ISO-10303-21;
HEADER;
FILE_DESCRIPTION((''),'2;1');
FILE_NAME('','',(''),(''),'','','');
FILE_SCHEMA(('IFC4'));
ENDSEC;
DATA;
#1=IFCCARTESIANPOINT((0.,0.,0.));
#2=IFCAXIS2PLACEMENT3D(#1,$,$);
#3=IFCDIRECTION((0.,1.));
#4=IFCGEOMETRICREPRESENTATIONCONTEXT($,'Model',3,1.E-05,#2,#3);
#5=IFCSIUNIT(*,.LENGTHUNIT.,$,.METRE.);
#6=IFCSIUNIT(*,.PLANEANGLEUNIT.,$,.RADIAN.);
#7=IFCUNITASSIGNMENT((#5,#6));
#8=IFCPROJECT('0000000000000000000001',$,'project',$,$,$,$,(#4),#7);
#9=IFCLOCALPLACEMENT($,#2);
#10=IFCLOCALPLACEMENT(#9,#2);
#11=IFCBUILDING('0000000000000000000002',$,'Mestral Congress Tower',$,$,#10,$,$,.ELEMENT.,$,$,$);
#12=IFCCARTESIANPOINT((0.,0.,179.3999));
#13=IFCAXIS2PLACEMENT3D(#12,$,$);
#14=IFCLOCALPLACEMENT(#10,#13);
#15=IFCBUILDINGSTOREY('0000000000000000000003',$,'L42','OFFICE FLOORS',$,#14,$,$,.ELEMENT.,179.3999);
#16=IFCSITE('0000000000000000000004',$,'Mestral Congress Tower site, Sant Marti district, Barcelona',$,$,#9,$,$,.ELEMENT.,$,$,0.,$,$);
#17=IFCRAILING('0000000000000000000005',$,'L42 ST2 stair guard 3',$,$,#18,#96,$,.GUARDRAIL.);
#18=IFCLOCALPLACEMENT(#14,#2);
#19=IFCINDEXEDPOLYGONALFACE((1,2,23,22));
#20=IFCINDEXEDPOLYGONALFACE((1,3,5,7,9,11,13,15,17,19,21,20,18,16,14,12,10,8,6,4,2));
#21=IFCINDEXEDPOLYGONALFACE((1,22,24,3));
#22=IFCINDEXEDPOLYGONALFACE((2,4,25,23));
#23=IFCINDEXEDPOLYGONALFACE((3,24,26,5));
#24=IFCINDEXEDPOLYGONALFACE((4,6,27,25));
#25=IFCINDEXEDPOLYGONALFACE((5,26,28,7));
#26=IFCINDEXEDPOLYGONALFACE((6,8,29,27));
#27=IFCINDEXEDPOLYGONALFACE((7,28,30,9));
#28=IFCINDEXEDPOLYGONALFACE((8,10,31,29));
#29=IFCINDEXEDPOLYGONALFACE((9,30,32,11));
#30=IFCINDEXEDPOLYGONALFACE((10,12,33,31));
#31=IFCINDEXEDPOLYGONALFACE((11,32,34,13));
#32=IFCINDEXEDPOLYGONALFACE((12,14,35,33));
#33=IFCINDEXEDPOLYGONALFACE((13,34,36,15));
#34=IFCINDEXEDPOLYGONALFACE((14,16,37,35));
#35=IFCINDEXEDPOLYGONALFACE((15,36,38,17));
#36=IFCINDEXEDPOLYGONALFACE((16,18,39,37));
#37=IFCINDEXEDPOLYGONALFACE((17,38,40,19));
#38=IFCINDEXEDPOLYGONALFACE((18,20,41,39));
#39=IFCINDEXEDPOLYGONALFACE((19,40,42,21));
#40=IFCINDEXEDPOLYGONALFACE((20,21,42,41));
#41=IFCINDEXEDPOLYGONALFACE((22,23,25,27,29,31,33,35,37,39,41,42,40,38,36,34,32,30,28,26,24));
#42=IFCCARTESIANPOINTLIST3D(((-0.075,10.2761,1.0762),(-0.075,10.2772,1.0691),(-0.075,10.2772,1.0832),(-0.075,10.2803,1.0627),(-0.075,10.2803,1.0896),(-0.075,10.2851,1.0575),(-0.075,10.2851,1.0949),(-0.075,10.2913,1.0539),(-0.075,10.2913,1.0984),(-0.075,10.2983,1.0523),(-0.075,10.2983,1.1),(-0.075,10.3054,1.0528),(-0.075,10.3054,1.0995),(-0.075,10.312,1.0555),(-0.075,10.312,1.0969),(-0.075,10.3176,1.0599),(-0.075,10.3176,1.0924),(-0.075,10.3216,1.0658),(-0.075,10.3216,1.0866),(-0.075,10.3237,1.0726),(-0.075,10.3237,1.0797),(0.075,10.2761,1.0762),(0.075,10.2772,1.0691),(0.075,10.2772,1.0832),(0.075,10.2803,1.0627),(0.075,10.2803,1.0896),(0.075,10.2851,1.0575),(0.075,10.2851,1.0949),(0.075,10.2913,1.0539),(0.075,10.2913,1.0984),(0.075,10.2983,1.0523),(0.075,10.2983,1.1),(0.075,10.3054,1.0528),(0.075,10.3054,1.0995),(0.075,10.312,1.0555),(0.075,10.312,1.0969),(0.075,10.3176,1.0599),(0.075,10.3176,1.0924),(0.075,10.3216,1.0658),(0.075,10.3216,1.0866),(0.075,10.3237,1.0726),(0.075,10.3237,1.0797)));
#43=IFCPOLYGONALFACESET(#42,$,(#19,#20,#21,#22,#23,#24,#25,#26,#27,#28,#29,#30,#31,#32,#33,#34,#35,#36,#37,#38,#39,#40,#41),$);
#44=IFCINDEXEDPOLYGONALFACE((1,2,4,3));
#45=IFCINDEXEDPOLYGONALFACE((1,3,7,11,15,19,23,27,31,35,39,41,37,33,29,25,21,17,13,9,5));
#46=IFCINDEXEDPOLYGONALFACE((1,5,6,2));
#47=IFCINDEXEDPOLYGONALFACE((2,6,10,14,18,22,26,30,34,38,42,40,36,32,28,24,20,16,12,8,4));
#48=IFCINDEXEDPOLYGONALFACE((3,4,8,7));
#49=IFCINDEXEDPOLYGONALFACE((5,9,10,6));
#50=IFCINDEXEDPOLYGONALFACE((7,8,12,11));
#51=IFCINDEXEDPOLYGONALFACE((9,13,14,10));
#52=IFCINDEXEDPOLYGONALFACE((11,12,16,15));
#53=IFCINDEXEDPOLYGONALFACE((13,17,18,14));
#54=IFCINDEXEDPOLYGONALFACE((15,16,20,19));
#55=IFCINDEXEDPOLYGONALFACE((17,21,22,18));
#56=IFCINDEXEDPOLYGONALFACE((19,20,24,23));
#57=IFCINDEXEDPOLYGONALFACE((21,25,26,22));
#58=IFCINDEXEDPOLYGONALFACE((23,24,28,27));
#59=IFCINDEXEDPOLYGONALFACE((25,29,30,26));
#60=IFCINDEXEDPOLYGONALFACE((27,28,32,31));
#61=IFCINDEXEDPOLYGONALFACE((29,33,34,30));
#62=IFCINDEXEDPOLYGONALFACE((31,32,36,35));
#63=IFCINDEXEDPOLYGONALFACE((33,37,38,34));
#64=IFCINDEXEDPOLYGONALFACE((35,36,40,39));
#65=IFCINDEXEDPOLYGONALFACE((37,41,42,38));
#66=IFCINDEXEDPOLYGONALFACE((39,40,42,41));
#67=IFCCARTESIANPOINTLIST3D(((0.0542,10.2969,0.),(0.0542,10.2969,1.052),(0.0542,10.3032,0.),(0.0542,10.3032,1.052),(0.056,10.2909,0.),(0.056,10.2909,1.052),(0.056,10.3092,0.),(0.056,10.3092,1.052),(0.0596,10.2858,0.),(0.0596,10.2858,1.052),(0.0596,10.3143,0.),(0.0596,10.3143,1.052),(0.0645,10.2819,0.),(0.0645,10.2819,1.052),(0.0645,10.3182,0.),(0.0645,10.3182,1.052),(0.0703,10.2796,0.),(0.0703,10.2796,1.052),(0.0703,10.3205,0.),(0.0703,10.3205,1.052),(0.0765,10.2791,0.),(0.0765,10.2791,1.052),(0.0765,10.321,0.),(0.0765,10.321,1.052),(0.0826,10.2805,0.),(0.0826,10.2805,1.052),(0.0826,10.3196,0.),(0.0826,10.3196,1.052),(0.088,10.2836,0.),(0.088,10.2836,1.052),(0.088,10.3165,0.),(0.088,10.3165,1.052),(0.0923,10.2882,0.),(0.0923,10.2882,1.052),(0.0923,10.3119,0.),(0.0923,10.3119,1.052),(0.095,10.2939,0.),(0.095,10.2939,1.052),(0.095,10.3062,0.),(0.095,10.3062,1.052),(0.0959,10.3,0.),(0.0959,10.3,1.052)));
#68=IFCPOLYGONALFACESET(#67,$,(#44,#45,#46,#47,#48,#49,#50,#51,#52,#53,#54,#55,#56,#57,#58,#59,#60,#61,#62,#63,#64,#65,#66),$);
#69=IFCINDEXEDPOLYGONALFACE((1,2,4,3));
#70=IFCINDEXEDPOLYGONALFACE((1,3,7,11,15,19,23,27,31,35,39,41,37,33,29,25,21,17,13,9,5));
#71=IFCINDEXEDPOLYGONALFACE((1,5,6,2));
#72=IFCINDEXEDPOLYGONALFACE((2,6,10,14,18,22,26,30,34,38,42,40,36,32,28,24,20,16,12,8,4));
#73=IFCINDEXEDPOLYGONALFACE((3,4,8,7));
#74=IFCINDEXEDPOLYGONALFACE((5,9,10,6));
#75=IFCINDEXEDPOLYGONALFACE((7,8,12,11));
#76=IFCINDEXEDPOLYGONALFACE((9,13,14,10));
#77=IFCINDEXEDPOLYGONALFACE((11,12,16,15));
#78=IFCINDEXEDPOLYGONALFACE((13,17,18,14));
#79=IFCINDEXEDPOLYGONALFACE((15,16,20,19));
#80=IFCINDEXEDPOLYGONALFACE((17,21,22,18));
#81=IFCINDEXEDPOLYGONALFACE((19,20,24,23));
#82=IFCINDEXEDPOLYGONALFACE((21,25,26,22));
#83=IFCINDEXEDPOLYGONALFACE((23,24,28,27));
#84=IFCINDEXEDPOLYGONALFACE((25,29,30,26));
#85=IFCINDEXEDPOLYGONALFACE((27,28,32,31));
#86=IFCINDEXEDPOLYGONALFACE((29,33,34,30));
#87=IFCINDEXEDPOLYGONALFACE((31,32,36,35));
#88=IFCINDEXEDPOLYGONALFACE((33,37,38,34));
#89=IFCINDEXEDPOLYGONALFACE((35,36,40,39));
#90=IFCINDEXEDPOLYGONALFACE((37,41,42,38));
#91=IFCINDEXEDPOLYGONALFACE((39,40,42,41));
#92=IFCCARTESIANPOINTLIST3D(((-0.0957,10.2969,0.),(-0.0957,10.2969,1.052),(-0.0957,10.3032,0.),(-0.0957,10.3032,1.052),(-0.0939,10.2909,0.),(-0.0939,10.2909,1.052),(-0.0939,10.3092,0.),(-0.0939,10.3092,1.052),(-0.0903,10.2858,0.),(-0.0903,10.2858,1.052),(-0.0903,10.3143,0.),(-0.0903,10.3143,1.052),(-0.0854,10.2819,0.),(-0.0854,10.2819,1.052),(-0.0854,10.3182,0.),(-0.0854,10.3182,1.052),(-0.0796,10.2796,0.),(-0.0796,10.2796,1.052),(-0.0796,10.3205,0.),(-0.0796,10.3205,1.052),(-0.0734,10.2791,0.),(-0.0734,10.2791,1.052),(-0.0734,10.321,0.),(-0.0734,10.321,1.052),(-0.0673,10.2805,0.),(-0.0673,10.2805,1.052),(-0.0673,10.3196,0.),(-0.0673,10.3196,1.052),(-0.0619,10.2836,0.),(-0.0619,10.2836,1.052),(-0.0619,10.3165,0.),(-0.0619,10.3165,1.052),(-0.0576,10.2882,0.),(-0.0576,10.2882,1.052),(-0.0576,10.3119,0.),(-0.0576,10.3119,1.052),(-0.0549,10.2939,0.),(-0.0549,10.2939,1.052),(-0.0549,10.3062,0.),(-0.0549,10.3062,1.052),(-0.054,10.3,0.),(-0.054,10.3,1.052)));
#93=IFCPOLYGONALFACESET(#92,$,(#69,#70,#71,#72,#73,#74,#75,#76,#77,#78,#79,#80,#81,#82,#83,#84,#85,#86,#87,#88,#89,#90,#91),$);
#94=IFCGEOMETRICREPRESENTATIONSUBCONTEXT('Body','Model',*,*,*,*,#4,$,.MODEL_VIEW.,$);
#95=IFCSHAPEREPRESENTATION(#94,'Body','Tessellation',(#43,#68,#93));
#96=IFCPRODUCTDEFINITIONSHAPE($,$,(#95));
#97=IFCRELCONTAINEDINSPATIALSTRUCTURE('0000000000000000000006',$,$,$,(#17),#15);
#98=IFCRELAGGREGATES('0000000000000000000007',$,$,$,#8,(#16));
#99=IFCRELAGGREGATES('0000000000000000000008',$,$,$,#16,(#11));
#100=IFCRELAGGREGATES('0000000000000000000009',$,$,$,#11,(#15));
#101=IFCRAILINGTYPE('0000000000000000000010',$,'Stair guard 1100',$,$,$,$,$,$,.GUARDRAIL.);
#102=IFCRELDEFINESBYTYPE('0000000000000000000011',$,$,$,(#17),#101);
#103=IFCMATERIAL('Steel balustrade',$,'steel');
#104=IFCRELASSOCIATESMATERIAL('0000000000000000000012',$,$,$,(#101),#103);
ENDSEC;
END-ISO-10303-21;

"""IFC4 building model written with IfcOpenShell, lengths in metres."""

from ifc_helpers import new_model, si_unit, direction, frame, origin, origin_2d, place, context, subcontext, project, spatial, circle, extrude, material, type_object, element, save


model = new_model("IFC4")

# Units and contexts
model_context = context("Model", 3, precision=1e-05, world=origin(), true_north=direction((0.0, 1.0)))
body_context = subcontext(model_context, "Body", "Model", "MODEL_VIEW")
ifc_project = project(units=[si_unit("LENGTHUNIT", "METRE"), si_unit("PLANEANGLEUNIT", "RADIAN")], contexts=[model_context])

# Site, building, storey
site_placement = place(None, origin())
site = spatial("IfcSite", under=ifc_project, at=site_placement, Name="Mestral Congress Tower site, Sant Marti district, Barcelona", CompositionType="ELEMENT", RefElevation=0.0)
building_placement = place(site_placement, origin())
building = spatial("IfcBuilding", under=site, at=building_placement, Name="Mestral Congress Tower", CompositionType="ELEMENT")
storey_placement = place(building_placement, frame((0.0, 0.0, 179.3999)))
storey = spatial("IfcBuildingStorey", under=building, at=storey_placement, Name="L42", Description="OFFICE FLOORS", CompositionType="ELEMENT", Elevation=179.3999)

# Railing
ifc_material_1 = material(Name="Steel balustrade", Category="steel")
railing_type_1 = type_object("IfcRailingType", Name="Stair guard 1100", PredefinedType="GUARDRAIL", material=ifc_material_1)
railing_1_placement = place(storey_placement, frame((0.075, 10.3, 0.0)))
element("IfcRailing", 1, at=railing_1_placement, inside=storey, type_object=railing_type_1, Name="L42 ST2 stair guard 3", PredefinedType="GUARDRAIL", context=body_context, shape_type="SweptSolid", body=[
    extrude(circle(Radius=0.0239, at=origin_2d()), frame((0.0, 0.0, 1.0762), z_axis=(-1.0, 0.0, 0.0), x_axis=(0.0, -1.0, 0.0)), (0.0, 0.0, 1.0), 0.1499),
    extrude(circle(Radius=0.021, at=origin_2d()), origin(), (0.0, 0.0, 1.0), 1.052),
    extrude(circle(Radius=0.021, at=origin_2d()), frame((-0.1499, 0.0, 0.0)), (0.0, 0.0, 1.0), 1.052),
])

save(model, "model.ifc")
